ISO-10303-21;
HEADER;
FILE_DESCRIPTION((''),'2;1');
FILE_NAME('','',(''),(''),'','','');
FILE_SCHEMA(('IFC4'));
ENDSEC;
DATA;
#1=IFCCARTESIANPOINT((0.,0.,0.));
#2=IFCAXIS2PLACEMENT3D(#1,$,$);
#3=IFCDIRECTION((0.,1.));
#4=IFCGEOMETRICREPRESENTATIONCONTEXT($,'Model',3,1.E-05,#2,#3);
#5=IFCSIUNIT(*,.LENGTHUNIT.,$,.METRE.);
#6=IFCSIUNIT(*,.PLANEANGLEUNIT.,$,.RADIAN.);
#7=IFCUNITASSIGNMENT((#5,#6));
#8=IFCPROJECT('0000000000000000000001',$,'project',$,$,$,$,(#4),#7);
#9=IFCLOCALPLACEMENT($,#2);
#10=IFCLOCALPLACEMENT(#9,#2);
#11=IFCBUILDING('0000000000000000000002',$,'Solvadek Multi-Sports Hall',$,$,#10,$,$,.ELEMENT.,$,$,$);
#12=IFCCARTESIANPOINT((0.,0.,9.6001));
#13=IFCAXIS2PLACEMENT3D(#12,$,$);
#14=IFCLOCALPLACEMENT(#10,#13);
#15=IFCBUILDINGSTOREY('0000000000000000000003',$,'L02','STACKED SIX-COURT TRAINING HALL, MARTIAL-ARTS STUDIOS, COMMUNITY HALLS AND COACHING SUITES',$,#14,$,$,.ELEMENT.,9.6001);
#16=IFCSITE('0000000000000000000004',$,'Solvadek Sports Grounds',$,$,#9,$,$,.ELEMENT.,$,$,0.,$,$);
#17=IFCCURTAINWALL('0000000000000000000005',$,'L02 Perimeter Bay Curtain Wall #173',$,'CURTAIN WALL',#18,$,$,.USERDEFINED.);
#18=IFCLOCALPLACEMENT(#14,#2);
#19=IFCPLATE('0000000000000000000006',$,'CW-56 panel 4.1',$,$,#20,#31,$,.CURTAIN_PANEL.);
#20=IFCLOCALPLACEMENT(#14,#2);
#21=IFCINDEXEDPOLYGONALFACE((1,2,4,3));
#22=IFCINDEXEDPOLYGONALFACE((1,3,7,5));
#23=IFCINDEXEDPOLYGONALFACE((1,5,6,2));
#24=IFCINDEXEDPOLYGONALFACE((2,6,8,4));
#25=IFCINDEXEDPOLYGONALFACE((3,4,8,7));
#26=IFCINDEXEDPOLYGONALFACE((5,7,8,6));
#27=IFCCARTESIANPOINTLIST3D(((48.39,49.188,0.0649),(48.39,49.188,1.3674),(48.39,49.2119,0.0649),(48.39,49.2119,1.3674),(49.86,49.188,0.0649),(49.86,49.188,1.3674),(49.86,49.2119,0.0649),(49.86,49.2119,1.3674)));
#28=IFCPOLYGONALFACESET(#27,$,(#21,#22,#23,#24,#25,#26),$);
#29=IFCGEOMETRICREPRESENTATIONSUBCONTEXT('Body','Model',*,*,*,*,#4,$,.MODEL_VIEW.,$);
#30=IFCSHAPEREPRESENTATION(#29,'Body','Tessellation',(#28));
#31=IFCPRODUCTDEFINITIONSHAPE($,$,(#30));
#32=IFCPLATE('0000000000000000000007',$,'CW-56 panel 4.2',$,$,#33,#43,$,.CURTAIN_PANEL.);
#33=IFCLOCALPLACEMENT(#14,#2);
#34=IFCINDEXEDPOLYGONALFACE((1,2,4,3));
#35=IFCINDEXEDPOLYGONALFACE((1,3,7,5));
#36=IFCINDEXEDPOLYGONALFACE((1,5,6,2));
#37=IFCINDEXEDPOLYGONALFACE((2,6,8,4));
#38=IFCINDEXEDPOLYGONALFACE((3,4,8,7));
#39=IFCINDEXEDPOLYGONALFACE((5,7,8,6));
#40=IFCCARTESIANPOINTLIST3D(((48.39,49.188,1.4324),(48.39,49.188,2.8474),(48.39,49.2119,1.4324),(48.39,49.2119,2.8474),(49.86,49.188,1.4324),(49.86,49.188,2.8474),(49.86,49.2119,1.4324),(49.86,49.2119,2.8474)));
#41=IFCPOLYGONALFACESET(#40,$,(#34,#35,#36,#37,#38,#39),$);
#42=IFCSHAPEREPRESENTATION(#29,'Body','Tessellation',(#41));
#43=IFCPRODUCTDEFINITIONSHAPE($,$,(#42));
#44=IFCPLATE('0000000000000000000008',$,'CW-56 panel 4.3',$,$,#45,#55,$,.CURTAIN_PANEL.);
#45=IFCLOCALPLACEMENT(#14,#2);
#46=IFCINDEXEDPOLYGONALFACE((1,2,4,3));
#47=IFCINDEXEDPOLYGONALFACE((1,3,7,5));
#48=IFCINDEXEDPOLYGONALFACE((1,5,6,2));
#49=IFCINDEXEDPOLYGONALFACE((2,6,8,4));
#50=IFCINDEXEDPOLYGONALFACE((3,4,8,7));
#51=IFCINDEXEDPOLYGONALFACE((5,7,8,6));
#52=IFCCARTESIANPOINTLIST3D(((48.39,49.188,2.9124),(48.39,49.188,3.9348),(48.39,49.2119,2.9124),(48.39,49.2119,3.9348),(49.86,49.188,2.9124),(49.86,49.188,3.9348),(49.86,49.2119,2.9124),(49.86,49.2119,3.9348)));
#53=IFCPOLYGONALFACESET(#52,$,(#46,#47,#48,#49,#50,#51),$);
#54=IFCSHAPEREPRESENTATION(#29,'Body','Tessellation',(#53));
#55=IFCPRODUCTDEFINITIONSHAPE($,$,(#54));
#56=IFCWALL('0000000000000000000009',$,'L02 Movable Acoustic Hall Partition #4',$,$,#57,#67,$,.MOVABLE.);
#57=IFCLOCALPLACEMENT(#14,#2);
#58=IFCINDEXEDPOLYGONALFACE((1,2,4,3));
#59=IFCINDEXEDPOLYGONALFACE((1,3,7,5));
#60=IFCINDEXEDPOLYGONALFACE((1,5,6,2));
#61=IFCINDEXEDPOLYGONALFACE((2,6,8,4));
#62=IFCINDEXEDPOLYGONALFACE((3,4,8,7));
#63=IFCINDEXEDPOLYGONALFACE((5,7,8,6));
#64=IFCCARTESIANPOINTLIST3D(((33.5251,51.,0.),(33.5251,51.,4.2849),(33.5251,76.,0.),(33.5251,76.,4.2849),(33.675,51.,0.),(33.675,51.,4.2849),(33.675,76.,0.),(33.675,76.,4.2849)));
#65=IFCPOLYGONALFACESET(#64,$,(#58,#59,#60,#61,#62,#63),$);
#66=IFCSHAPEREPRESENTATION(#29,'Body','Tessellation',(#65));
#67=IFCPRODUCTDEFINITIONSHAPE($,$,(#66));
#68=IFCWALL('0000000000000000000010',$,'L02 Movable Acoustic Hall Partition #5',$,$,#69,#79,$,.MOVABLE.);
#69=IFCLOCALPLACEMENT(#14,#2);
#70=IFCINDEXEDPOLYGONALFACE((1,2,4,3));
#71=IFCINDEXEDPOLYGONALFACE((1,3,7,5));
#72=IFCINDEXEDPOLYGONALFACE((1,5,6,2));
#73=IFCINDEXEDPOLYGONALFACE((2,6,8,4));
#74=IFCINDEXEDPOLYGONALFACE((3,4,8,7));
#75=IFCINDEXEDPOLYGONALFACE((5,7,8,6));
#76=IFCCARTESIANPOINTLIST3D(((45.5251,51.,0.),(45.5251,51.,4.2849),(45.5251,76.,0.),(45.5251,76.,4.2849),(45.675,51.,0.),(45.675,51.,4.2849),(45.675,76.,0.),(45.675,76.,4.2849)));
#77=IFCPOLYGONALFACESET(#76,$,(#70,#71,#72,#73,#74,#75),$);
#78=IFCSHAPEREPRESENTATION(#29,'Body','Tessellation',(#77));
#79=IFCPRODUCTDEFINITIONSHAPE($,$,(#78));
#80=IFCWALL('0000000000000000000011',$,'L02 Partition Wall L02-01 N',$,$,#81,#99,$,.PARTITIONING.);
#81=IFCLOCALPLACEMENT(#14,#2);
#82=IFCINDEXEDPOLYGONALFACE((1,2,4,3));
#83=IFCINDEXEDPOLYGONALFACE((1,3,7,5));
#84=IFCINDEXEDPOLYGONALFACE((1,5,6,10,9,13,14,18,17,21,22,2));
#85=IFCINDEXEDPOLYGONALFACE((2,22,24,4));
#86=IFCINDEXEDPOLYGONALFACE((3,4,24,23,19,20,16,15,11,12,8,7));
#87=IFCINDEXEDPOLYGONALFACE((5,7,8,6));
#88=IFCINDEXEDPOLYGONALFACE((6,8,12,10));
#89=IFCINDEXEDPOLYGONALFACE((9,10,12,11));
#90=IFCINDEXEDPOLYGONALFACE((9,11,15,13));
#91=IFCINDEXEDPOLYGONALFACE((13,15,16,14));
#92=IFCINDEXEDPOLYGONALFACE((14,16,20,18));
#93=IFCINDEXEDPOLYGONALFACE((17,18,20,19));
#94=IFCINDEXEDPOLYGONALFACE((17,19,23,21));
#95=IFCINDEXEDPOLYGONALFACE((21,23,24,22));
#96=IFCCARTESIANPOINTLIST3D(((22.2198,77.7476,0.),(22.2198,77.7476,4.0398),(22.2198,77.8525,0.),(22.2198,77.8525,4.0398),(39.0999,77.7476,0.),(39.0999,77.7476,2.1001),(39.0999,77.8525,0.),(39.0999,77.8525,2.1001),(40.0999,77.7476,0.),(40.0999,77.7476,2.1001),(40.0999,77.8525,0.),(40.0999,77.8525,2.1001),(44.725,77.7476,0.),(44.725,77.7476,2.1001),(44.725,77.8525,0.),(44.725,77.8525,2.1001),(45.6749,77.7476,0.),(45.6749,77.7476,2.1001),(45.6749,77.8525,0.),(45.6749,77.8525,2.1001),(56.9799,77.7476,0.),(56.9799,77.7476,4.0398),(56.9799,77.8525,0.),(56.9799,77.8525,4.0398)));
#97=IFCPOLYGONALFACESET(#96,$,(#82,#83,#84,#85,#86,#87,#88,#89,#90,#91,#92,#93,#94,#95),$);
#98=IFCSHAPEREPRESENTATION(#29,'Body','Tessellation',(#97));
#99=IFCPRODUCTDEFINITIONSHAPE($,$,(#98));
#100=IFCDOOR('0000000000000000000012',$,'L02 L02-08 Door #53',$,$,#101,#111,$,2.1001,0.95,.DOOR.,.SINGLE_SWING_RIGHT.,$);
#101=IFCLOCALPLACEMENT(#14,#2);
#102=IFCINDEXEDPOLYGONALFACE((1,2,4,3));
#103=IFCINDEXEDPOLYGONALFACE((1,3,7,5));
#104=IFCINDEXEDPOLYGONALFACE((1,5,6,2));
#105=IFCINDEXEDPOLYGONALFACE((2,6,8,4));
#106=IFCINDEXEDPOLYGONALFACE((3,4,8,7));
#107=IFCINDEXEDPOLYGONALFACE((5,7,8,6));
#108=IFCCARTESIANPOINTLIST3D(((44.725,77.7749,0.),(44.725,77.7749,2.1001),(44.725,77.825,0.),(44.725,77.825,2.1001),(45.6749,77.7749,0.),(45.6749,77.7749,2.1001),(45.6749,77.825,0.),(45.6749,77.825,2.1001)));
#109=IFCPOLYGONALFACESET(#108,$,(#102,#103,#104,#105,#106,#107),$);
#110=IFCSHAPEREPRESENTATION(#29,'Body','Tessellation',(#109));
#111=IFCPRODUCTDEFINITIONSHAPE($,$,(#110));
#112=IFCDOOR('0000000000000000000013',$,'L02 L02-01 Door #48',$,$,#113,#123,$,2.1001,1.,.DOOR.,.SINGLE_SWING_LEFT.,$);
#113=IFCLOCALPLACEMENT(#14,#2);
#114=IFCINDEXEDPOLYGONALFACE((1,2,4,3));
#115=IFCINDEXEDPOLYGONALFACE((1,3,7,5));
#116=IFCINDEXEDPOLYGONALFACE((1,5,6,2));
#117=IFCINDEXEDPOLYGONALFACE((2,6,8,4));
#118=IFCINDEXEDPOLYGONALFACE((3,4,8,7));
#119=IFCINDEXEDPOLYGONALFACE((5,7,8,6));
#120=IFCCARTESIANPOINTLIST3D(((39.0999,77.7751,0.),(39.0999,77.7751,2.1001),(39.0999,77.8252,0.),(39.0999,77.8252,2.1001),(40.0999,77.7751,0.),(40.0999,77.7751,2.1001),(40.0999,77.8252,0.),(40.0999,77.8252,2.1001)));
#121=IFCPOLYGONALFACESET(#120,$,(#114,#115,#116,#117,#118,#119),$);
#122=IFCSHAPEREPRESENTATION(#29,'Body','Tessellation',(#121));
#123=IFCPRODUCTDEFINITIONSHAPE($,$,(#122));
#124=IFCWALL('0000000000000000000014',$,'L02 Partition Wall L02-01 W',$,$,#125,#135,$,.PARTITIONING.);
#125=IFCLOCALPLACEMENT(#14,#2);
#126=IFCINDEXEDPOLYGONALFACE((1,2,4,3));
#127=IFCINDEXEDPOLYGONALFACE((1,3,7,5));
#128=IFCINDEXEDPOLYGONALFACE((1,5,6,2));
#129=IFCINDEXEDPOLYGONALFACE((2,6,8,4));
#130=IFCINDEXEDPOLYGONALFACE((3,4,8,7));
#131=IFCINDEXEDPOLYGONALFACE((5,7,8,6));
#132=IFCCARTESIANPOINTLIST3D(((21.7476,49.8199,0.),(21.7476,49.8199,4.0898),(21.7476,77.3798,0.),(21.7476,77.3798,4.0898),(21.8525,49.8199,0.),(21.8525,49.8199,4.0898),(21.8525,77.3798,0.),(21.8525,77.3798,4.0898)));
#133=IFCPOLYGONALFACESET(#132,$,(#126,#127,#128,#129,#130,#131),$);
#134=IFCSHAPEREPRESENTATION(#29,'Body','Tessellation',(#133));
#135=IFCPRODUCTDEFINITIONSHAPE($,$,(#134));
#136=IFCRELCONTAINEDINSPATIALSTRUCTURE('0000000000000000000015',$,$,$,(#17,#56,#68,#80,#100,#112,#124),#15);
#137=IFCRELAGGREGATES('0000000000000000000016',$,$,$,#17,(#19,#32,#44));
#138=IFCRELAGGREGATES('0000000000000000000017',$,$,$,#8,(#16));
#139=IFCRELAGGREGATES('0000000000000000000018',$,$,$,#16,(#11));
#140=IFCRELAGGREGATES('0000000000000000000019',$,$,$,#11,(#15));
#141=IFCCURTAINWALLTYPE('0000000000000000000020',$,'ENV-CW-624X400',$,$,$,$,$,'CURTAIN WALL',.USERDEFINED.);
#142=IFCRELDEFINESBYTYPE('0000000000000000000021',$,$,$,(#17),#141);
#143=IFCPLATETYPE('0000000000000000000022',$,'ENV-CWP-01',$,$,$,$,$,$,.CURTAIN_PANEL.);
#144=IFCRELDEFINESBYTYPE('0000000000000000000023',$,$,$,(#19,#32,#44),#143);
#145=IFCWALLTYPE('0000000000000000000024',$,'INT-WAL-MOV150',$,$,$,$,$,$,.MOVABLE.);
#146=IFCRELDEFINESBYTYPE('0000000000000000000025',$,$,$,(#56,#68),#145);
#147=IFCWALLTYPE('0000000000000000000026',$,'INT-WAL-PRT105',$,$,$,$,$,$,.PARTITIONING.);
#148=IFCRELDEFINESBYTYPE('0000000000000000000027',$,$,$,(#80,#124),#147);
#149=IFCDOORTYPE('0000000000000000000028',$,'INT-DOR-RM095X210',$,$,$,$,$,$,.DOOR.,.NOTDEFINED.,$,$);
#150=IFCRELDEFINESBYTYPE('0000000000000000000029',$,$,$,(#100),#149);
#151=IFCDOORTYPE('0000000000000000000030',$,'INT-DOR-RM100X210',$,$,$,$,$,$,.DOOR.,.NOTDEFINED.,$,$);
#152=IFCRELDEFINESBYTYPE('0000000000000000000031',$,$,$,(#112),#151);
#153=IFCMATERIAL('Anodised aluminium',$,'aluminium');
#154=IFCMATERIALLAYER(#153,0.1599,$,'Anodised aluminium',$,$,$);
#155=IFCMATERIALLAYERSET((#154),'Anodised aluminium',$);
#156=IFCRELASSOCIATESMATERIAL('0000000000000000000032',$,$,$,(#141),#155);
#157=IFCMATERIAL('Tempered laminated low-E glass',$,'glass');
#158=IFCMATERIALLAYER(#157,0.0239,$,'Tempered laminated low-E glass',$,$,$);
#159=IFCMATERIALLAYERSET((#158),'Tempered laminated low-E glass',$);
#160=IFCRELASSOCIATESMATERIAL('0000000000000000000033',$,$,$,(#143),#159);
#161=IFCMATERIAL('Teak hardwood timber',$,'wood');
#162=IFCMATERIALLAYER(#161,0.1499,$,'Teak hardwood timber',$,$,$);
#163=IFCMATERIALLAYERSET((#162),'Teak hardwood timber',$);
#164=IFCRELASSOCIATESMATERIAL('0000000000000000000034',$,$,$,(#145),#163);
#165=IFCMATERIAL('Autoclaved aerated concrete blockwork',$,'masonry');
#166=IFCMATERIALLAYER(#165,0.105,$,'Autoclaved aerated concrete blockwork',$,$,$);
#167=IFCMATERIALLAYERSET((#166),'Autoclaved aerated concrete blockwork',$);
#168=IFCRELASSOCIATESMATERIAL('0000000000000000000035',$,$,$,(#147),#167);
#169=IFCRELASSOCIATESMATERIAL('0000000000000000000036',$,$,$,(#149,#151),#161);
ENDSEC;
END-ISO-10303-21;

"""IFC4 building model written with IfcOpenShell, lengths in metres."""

from ifc_helpers import new_model, si_unit, direction, frame, frame_2d, origin, origin_2d, place, context, subcontext, project, spatial, rectangle, extrude, material, layer, layer_set, type_object, element, fill, aggregate, save


model = new_model("IFC4")

# Units and contexts
model_context = context("Model", 3, precision=1e-05, world=origin(), true_north=direction((0.0, 1.0)))
body_context = subcontext(model_context, "Body", "Model", "MODEL_VIEW")
ifc_project = project(units=[si_unit("LENGTHUNIT", "METRE"), si_unit("PLANEANGLEUNIT", "RADIAN")], contexts=[model_context])

# Site, building, storey
site_placement = place(None, origin())
site = spatial("IfcSite", under=ifc_project, at=site_placement, Name="Solvadek Sports Grounds", CompositionType="ELEMENT", RefElevation=0.0)
building_placement = place(site_placement, origin())
building = spatial("IfcBuilding", under=site, at=building_placement, Name="Solvadek Multi-Sports Hall", CompositionType="ELEMENT")
storey_placement = place(building_placement, frame((0.0, 0.0, 9.6001)))
storey = spatial("IfcBuildingStorey", under=building, at=storey_placement, Name="L02", Description="STACKED SIX-COURT TRAINING HALL, MARTIAL-ARTS STUDIOS, COMMUNITY HALLS AND COACHING SUITES", CompositionType="ELEMENT", Elevation=9.6001)

# Curtain wall
ifc_material_1 = material(Name="Anodised aluminium", Category="aluminium")
ifc_layer_1 = layer(ifc_material_1, 0.1599, Name="Anodised aluminium")
ifc_layer_set_1 = layer_set([ifc_layer_1], Name="Anodised aluminium")
curtain_wall_type = type_object("IfcCurtainWallType", Name="ENV-CW-624X400", ElementType="CURTAIN WALL", PredefinedType="USERDEFINED", material=ifc_layer_set_1)
curtain_wall_placement = place(storey_placement, origin())
curtain_wall = element("IfcCurtainWall", 1, at=curtain_wall_placement, inside=storey, type_object=curtain_wall_type, Name="L02 Perimeter Bay Curtain Wall #173", ObjectType="CURTAIN WALL", PredefinedType="USERDEFINED")

# Plates
ifc_material_2 = material(Name="Tempered laminated low-E glass", Category="glass")
ifc_layer_2 = layer(ifc_material_2, 0.0239, Name="Tempered laminated low-E glass")
ifc_layer_set_2 = layer_set([ifc_layer_2], Name="Tempered laminated low-E glass")
plate_type = type_object("IfcPlateType", Name="ENV-CWP-01", PredefinedType="CURTAIN_PANEL", material=ifc_layer_set_2)
plate_1_placement = place(storey_placement, frame((49.125, 49.2, 0.0649), z_axis=(0.0, 0.0, 1.0), x_axis=(1.0, 0.0, 0.0)))
plate_1 = element("IfcPlate", 2, at=plate_1_placement, type_object=plate_type, Name="CW-56 panel 4.1", PredefinedType="CURTAIN_PANEL", context=body_context, shape_type="SweptSolid", body=[
    extrude(rectangle(XDim=1.47, YDim=0.0239, at=origin_2d()), origin(), (0.0, 0.0, 1.0), 1.3025),
])
plate_2_placement = place(storey_placement, frame((49.125, 49.2, 1.4324), z_axis=(0.0, 0.0, 1.0), x_axis=(1.0, 0.0, 0.0)))
plate_2 = element("IfcPlate", 3, at=plate_2_placement, type_object=plate_type, Name="CW-56 panel 4.2", PredefinedType="CURTAIN_PANEL", context=body_context, shape_type="SweptSolid", body=[
    extrude(rectangle(XDim=1.47, YDim=0.0239, at=origin_2d()), origin(), (0.0, 0.0, 1.0), 1.415),
])
plate_3_placement = place(storey_placement, frame((49.125, 49.2, 2.9124), z_axis=(0.0, 0.0, 1.0), x_axis=(1.0, 0.0, 0.0)))
plate_3 = element("IfcPlate", 4, at=plate_3_placement, type_object=plate_type, Name="CW-56 panel 4.3", PredefinedType="CURTAIN_PANEL", context=body_context, shape_type="SweptSolid", body=[
    extrude(rectangle(XDim=1.47, YDim=0.0239, at=origin_2d()), origin(), (0.0, 0.0, 1.0), 1.0225),
])
aggregate(curtain_wall, [plate_1, plate_2, plate_3])

# Walls
ifc_material_3 = material(Name="Teak hardwood timber", Category="wood")
ifc_layer_3 = layer(ifc_material_3, 0.1499, Name="Teak hardwood timber")
ifc_layer_set_3 = layer_set([ifc_layer_3], Name="Teak hardwood timber")
wall_type_1 = type_object("IfcWallType", Name="INT-WAL-MOV150", PredefinedType="MOVABLE", material=ifc_layer_set_3)
for number, where, z_axis, x_axis, name in (
    (5, (33.6001, 51.0, 0.0), (0.0, 0.0, 1.0), (0.0, 1.0, 0.0), "L02 Movable Acoustic Hall Partition #4"),
    (6, (45.6001, 51.0, 0.0), (0.0, 0.0, 1.0), (0.0, 1.0, 0.0), "L02 Movable Acoustic Hall Partition #5"),
):
    element("IfcWall", number, at=place(storey_placement, frame(where, z_axis=z_axis, x_axis=x_axis)), inside=storey, type_object=wall_type_1, Name=name, PredefinedType="MOVABLE", context=body_context, shape_type="SweptSolid", body=[
        extrude(rectangle(XDim=25.0, YDim=0.1499, at=frame_2d((12.5, 0.0))), origin(), (0.0, 0.0, 1.0), 4.2849),
    ])

# Wall, openings, doors
ifc_material_4 = material(Name="Autoclaved aerated concrete blockwork", Category="masonry")
ifc_layer_4 = layer(ifc_material_4, 0.105, Name="Autoclaved aerated concrete blockwork")
ifc_layer_set_4 = layer_set([ifc_layer_4], Name="Autoclaved aerated concrete blockwork")
wall_type_2 = type_object("IfcWallType", Name="INT-WAL-PRT105", PredefinedType="PARTITIONING", material=ifc_layer_set_4)
wall_1_placement = place(storey_placement, frame((22.22, 77.8, 0.0), z_axis=(0.0, 0.0, 1.0), x_axis=(1.0, 0.0, 0.0)))
wall_1 = element("IfcWall", 7, at=wall_1_placement, inside=storey, type_object=wall_type_2, Name="L02 Partition Wall L02-01 N", PredefinedType="PARTITIONING", context=body_context, shape_type="SweptSolid", body=[
    extrude(rectangle(XDim=34.76, YDim=0.105, at=frame_2d((17.3799, 0.0))), origin(), (0.0, 0.0, 1.0), 4.0398),
])
opening_1_placement = place(wall_1_placement, frame((16.8799, 0.0, 0.0)))
opening_1 = element("IfcOpeningElement", 8, at=opening_1_placement, cuts=wall_1, PredefinedType="OPENING", context=body_context, shape_type="SweptSolid", body=[
    extrude(rectangle(XDim=1.0, YDim=2.1001, at=frame_2d((0.5, 1.05))), frame((0.0, 0.0625, 0.0), z_axis=(0.0, -1.0, 0.0), x_axis=(1.0, 0.0, 0.0)), (0.0, 0.0, 1.0), 0.125),
])
opening_2_placement = place(wall_1_placement, frame((22.5049, 0.0, 0.0)))
opening_2 = element("IfcOpeningElement", 9, at=opening_2_placement, cuts=wall_1, PredefinedType="OPENING", context=body_context, shape_type="SweptSolid", body=[
    extrude(rectangle(XDim=0.95, YDim=2.1001, at=frame_2d((0.4751, 1.05))), frame((0.0, 0.0625, 0.0), z_axis=(0.0, -1.0, 0.0), x_axis=(1.0, 0.0, 0.0)), (0.0, 0.0, 1.0), 0.125),
])
door_type_1 = type_object("IfcDoorType", Name="INT-DOR-RM095X210", OperationType="NOTDEFINED", PredefinedType="DOOR", material=ifc_material_3)
door_1_placement = place(opening_2_placement, origin())
door_1 = element("IfcDoor", 10, at=door_1_placement, inside=storey, type_object=door_type_1, Name="L02 L02-08 Door #53", OperationType="SINGLE_SWING_RIGHT", OverallHeight=2.1001, OverallWidth=0.95, PredefinedType="DOOR", context=body_context, shape_type="SweptSolid", body=[
    extrude(rectangle(XDim=0.95, YDim=2.1001, at=frame_2d((0.4751, 1.05))), frame((0.0, 0.0249, 0.0), z_axis=(0.0, -1.0, 0.0), x_axis=(1.0, 0.0, 0.0)), (0.0, 0.0, 1.0), 0.05),
])
fill(opening_2, door_1)
door_type_2 = type_object("IfcDoorType", Name="INT-DOR-RM100X210", OperationType="NOTDEFINED", PredefinedType="DOOR", material=ifc_material_3)
door_2_placement = place(opening_1_placement, frame((1.0, 0.0, 0.0), z_axis=(0.0, 0.0, 1.0), x_axis=(-1.0, 0.0, 0.0)))
door_2 = element("IfcDoor", 11, at=door_2_placement, inside=storey, type_object=door_type_2, Name="L02 L02-01 Door #48", OperationType="SINGLE_SWING_LEFT", OverallHeight=2.1001, OverallWidth=1.0, PredefinedType="DOOR", context=body_context, shape_type="SweptSolid", body=[
    extrude(rectangle(XDim=1.0, YDim=2.1001, at=frame_2d((0.5, 1.05))), frame((0.0, 0.0249, 0.0), z_axis=(0.0, -1.0, 0.0), x_axis=(1.0, 0.0, 0.0)), (0.0, 0.0, 1.0), 0.05),
])
fill(opening_1, door_2)

# Wall
wall_2_placement = place(storey_placement, frame((21.8, 49.8201, 0.0), z_axis=(0.0, 0.0, 1.0), x_axis=(0.0, 1.0, 0.0)))
element("IfcWall", 12, at=wall_2_placement, inside=storey, type_object=wall_type_2, Name="L02 Partition Wall L02-01 W", PredefinedType="PARTITIONING", context=body_context, shape_type="SweptSolid", body=[
    extrude(rectangle(XDim=27.5598, YDim=0.105, at=frame_2d((13.7798, 0.0))), origin(), (0.0, 0.0, 1.0), 4.0898),
])

save(model, "model.ifc")
